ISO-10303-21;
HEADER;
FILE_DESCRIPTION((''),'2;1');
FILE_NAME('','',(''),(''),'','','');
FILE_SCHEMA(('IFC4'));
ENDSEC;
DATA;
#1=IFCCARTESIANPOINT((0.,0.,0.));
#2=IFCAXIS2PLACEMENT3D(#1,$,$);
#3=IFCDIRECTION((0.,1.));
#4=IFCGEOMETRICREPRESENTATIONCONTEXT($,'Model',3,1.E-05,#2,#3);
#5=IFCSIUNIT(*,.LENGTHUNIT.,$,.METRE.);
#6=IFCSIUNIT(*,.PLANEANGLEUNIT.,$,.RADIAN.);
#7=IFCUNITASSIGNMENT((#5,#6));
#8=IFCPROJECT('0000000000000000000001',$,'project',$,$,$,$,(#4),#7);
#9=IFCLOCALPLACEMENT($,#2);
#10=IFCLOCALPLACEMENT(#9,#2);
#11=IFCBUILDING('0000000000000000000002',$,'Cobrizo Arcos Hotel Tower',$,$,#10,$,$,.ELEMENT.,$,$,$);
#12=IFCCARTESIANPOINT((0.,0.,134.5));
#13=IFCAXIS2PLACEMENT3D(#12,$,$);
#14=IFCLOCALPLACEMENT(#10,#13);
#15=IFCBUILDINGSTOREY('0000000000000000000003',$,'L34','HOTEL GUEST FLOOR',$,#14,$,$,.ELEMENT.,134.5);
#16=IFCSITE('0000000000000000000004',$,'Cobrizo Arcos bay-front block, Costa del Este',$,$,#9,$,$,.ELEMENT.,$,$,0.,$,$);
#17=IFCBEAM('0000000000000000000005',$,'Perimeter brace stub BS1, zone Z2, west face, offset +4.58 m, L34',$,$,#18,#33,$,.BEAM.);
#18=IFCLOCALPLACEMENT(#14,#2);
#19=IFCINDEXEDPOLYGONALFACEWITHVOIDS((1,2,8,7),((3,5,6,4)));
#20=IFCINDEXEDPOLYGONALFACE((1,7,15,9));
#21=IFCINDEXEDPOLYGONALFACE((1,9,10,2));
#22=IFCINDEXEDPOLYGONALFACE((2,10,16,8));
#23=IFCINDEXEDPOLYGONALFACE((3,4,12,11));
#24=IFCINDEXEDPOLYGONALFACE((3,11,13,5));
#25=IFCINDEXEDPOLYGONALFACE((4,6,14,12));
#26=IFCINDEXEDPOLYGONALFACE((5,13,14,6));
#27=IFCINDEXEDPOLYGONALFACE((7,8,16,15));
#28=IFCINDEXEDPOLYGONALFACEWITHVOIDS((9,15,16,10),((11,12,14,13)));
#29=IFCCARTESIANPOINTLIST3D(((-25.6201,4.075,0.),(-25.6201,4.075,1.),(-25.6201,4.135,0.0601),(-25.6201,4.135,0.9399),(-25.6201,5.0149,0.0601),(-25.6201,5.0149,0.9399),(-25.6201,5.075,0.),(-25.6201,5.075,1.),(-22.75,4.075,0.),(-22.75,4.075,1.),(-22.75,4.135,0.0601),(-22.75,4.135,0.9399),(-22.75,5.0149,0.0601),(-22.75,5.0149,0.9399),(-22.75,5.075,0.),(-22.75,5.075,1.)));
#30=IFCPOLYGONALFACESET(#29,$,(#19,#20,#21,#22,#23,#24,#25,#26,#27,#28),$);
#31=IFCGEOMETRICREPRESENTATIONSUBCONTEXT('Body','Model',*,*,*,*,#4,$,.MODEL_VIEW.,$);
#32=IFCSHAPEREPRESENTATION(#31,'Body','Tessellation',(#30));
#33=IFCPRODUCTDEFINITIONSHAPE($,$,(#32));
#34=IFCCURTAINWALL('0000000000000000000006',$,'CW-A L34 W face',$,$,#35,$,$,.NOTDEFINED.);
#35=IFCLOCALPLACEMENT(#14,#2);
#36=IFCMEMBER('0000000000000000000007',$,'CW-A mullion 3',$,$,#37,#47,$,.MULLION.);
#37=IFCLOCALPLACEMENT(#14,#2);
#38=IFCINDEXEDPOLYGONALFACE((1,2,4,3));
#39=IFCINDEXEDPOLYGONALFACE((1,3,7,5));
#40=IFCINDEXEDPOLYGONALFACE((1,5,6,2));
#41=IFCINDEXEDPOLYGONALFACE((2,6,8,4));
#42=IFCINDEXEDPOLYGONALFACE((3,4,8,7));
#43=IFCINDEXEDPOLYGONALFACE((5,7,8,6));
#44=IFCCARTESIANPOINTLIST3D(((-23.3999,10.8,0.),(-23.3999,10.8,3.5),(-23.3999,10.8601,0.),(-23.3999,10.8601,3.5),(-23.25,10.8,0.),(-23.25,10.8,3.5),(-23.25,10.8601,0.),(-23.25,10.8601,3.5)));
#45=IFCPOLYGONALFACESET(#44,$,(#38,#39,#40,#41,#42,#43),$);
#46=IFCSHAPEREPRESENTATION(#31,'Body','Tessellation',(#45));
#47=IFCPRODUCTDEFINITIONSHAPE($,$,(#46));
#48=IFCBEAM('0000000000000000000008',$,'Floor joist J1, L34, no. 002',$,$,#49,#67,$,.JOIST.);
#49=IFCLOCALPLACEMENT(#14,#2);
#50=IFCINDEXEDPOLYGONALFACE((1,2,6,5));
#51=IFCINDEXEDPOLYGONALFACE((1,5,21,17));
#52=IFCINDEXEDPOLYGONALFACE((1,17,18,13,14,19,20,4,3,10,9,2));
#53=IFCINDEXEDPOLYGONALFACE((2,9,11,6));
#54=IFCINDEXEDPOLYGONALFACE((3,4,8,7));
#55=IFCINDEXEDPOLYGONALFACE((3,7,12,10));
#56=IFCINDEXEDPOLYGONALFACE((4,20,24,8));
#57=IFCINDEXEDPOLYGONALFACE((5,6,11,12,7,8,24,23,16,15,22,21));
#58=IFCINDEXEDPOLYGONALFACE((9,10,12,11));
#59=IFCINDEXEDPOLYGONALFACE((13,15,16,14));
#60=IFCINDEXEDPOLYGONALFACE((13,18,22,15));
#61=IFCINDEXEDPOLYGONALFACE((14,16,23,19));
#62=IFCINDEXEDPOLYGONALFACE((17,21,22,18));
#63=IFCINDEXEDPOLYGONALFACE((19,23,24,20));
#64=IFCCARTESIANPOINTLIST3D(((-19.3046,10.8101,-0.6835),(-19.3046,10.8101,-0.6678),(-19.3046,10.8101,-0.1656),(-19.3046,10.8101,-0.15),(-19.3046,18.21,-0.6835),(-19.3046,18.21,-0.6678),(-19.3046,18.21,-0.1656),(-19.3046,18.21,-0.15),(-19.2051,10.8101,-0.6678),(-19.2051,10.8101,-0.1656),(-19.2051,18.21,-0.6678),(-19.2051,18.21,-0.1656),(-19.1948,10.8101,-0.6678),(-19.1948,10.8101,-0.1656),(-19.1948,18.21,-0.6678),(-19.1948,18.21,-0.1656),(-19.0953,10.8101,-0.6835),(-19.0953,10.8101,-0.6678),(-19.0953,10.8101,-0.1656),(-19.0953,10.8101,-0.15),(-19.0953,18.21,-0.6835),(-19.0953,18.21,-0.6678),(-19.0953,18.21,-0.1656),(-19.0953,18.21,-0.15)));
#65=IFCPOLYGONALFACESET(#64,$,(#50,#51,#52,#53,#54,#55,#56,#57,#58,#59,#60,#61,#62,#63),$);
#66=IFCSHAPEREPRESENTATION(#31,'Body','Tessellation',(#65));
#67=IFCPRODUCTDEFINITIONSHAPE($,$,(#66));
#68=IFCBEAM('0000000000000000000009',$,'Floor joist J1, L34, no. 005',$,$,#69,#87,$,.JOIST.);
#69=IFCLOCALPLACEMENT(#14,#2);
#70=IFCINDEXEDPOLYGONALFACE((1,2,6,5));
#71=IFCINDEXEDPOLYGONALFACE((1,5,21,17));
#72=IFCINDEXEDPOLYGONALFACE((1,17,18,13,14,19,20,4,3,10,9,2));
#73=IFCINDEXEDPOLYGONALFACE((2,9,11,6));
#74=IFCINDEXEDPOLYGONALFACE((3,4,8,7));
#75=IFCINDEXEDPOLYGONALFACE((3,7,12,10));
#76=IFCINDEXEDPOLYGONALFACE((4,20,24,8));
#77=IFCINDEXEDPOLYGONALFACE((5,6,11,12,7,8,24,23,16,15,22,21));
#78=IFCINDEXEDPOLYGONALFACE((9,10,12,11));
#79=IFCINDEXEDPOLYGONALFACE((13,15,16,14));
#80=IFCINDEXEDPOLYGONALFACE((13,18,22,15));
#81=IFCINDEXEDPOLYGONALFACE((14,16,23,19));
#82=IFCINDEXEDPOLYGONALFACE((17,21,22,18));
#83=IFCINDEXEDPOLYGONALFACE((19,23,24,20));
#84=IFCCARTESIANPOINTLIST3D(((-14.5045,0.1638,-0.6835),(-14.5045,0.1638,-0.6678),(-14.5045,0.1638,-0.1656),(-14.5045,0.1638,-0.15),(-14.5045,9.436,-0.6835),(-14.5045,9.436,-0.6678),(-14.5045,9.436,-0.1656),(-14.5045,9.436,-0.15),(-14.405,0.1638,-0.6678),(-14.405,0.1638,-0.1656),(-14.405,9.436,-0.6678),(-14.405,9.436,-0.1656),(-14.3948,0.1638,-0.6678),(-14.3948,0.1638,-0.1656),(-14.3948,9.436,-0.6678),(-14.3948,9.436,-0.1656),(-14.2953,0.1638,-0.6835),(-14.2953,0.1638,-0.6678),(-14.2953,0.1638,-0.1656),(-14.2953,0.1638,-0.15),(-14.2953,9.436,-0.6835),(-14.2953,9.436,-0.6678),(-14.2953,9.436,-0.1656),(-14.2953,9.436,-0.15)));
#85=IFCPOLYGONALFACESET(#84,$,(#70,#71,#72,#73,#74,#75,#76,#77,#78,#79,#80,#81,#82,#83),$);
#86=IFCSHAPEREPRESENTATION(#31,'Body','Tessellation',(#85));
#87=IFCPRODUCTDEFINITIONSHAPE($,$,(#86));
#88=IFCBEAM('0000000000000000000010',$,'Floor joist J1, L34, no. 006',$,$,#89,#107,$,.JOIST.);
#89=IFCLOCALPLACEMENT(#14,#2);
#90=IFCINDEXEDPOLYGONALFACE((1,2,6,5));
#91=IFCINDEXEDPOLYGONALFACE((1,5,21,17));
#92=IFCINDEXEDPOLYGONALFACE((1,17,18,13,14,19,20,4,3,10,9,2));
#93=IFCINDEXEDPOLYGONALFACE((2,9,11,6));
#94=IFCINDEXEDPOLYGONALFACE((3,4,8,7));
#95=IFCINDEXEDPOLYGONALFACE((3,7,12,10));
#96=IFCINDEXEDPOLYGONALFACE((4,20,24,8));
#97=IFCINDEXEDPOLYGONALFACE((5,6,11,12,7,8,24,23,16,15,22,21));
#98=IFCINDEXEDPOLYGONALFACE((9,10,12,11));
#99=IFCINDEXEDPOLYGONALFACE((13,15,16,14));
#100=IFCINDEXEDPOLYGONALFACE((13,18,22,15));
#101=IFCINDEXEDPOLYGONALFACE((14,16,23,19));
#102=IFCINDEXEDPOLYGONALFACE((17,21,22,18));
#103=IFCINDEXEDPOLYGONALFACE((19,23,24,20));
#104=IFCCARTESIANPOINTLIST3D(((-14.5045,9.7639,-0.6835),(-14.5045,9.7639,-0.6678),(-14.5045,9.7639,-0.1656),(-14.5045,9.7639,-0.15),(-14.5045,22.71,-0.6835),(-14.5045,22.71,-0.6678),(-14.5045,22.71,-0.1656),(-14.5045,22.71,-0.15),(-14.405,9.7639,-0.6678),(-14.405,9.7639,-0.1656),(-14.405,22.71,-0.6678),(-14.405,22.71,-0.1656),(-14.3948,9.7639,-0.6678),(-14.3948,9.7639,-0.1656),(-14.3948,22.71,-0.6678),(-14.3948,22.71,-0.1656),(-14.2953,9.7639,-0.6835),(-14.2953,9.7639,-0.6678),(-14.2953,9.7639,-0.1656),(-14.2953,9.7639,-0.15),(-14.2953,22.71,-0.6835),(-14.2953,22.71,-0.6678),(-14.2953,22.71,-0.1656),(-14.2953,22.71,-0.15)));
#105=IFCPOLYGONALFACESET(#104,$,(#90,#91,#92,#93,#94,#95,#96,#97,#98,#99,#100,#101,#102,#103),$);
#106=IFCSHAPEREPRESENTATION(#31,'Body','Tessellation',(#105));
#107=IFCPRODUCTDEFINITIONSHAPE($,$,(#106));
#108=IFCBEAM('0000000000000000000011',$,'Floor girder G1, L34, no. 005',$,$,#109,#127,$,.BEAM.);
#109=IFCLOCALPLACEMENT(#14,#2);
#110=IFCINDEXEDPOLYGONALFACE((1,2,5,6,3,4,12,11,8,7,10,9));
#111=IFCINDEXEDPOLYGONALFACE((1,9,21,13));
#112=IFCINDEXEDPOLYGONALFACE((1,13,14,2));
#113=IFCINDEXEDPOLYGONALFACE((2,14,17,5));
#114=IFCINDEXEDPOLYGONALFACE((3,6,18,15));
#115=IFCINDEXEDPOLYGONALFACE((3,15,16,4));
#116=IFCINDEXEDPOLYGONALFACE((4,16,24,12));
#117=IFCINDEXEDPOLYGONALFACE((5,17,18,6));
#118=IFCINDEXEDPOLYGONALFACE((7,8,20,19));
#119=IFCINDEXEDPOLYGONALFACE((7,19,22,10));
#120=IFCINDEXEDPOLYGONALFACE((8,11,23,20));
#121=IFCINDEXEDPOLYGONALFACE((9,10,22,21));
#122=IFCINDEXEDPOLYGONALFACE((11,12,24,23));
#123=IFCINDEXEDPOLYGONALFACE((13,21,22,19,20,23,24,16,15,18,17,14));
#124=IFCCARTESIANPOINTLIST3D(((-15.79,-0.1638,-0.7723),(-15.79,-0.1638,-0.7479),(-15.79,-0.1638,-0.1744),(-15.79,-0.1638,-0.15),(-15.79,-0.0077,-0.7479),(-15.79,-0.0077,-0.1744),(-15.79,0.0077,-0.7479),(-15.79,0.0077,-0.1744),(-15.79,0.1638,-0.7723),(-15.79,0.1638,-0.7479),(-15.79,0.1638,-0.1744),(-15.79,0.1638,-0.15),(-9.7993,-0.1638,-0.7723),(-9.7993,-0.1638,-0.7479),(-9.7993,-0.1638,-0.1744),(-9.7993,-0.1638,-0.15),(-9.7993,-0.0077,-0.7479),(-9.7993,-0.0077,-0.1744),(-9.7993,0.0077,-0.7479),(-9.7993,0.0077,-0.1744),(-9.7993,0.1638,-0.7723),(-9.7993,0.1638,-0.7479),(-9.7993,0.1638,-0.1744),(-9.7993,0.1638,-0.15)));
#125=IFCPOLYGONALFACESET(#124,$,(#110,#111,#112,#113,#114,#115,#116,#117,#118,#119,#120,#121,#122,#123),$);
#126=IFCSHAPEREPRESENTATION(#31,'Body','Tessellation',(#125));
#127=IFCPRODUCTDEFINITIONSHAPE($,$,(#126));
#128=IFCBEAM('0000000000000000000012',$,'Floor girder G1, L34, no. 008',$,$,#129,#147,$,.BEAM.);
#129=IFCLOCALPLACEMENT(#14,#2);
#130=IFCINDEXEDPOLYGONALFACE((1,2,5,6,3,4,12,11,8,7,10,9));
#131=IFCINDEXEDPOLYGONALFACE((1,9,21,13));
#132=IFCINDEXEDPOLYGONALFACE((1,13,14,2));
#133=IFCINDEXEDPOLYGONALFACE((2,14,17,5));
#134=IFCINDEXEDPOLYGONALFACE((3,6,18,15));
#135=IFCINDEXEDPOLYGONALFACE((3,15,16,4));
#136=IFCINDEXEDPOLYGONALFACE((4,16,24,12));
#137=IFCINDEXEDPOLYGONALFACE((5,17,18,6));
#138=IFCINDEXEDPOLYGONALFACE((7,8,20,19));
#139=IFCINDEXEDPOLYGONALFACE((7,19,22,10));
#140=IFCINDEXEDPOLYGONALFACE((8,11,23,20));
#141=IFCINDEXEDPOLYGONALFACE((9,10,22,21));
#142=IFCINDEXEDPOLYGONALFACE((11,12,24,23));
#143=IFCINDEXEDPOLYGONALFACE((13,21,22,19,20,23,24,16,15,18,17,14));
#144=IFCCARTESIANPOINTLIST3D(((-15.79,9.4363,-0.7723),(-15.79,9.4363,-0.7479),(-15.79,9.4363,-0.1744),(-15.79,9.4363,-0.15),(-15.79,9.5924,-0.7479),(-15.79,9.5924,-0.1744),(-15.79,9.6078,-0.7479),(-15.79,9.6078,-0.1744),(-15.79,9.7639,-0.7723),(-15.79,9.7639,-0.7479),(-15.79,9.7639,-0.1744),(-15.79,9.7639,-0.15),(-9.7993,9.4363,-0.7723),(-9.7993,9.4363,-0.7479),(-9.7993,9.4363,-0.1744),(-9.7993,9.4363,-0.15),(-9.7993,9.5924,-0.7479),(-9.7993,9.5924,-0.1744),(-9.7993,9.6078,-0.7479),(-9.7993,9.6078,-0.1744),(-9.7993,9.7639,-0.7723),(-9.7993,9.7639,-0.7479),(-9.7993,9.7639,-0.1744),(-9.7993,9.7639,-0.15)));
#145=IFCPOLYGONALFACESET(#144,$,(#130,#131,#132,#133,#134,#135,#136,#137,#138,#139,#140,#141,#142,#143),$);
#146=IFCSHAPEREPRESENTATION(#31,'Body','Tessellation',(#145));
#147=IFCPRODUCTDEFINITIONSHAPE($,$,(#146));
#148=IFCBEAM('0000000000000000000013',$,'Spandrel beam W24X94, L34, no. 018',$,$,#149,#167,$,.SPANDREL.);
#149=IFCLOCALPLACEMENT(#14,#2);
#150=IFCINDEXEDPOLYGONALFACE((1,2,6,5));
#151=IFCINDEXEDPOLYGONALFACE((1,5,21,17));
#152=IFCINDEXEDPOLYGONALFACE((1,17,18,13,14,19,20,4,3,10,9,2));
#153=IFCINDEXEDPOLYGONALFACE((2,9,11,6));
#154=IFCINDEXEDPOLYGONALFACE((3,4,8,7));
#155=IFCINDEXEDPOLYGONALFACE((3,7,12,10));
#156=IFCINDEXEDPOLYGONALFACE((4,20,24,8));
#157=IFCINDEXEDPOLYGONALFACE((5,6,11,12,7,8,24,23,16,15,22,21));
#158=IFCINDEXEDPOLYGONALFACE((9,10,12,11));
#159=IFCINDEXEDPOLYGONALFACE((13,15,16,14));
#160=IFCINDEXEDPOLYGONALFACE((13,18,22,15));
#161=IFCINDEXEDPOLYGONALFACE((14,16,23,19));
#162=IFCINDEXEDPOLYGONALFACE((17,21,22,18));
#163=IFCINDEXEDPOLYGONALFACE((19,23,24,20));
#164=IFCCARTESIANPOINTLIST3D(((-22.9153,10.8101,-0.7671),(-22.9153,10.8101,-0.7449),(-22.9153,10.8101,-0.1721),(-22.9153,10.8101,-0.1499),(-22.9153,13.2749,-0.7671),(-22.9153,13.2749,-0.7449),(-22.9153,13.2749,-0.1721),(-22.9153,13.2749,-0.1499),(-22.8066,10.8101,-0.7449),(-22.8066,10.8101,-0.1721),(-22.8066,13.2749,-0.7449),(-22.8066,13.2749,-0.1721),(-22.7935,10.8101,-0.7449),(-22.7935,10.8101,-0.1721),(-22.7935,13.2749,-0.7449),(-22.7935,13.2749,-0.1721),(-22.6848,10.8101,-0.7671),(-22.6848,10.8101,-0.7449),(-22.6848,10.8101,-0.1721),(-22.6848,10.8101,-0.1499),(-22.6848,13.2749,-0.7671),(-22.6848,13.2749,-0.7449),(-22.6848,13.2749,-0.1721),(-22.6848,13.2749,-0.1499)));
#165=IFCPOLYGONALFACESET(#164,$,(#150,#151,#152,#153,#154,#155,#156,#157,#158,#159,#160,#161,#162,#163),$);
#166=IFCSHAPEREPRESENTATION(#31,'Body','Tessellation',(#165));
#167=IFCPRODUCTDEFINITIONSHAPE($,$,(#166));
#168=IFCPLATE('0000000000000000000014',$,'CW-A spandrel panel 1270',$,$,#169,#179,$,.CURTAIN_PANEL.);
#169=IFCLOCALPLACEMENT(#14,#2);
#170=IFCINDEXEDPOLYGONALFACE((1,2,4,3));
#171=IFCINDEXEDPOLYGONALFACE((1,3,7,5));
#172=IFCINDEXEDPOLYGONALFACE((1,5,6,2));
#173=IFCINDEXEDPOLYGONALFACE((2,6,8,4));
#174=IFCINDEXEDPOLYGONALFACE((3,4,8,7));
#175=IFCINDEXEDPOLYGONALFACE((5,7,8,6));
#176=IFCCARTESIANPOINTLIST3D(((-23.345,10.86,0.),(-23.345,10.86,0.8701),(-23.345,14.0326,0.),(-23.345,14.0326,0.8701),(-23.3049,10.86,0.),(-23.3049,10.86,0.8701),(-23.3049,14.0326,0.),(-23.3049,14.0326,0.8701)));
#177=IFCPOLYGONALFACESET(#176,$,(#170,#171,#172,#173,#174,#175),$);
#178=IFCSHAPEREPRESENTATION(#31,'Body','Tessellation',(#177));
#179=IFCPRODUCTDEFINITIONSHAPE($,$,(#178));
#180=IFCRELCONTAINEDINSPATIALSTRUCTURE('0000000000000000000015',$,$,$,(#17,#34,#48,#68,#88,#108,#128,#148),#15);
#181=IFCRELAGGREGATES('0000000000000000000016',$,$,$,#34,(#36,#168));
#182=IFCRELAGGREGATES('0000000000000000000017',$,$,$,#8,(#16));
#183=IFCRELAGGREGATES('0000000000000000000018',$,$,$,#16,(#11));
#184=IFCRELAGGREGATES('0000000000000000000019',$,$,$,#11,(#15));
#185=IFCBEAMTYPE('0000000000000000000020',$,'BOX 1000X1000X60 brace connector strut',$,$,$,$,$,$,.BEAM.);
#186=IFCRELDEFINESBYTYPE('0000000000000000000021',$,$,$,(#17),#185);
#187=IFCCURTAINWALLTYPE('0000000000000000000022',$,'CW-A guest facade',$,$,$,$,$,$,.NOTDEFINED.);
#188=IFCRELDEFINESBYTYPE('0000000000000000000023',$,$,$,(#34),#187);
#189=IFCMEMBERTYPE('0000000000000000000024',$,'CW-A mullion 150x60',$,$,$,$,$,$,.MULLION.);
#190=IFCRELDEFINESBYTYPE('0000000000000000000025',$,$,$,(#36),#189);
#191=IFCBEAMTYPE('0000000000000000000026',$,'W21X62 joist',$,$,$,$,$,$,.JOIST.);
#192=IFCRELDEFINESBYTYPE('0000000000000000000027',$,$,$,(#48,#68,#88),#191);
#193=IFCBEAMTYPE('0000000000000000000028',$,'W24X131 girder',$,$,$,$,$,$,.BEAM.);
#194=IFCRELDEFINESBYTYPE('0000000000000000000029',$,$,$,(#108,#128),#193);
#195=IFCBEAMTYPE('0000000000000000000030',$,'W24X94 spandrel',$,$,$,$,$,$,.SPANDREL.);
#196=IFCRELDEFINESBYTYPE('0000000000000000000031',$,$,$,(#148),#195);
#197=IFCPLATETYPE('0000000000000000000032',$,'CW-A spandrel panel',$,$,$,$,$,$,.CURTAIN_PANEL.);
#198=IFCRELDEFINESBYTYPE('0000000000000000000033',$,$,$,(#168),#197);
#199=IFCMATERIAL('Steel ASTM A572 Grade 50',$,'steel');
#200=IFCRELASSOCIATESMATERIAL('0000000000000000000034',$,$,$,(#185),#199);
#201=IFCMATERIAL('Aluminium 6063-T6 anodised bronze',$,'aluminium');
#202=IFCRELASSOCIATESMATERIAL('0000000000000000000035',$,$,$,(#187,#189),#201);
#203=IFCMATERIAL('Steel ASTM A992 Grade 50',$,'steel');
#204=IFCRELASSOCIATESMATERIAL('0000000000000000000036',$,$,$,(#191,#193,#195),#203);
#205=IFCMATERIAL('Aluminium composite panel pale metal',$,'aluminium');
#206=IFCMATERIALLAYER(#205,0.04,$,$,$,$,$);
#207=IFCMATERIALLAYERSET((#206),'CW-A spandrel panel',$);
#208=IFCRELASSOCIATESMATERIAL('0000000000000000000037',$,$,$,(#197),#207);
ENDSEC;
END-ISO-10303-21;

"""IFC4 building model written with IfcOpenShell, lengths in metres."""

from ifc_helpers import new_model, si_unit, direction, frame, origin, origin_2d, place, context, subcontext, project, spatial, rectangle, hollow_rectangle, i_section, extrude, material, layer, layer_set, material_profile, profile_set, type_object, element, aggregate, save


model = new_model("IFC4")

# Units and contexts
model_context = context("Model", 3, precision=1e-05, world=origin(), true_north=direction((0.0, 1.0)))
body_context = subcontext(model_context, "Body", "Model", "MODEL_VIEW")
ifc_project = project(units=[si_unit("LENGTHUNIT", "METRE"), si_unit("PLANEANGLEUNIT", "RADIAN")], contexts=[model_context])

# Site, building, storey
site_placement = place(None, origin())
site = spatial("IfcSite", under=ifc_project, at=site_placement, Name="Cobrizo Arcos bay-front block, Costa del Este", CompositionType="ELEMENT", RefElevation=0.0)
building_placement = place(site_placement, origin())
building = spatial("IfcBuilding", under=site, at=building_placement, Name="Cobrizo Arcos Hotel Tower", CompositionType="ELEMENT")
storey_placement = place(building_placement, frame((0.0, 0.0, 134.5)))
storey = spatial("IfcBuildingStorey", under=building, at=storey_placement, Name="L34", Description="HOTEL GUEST FLOOR", CompositionType="ELEMENT", Elevation=134.5)

# Beam
ifc_material_1 = material(Name="Steel ASTM A572 Grade 50", Category="steel")
ifc_material_profile_1 = material_profile(ifc_material_1, hollow_rectangle(XDim=1.0, YDim=1.0, WallThickness=0.0601, at=origin_2d()), Name="BOX 1000X1000X60")
ifc_profile_set_1 = profile_set([ifc_material_profile_1], Name="Steel ASTM A572 Grade 50")
beam_type_1 = type_object("IfcBeamType", Name="BOX 1000X1000X60 brace connector strut", PredefinedType="BEAM", material=ifc_profile_set_1)
beam_1_placement = place(storey_placement, frame((-22.75, 4.575, 0.5), z_axis=(-1.0, 0.0, 0.0), x_axis=(0.0, -1.0, 0.0)))
element("IfcBeam", 1, at=beam_1_placement, inside=storey, type_object=beam_type_1, Name="Perimeter brace stub BS1, zone Z2, west face, offset +4.58 m, L34", PredefinedType="BEAM", context=body_context, shape_type="SweptSolid", body=[
    extrude(hollow_rectangle(XDim=1.0, YDim=1.0, WallThickness=0.0601, at=origin_2d()), origin(), (0.0, 0.0, 1.0), 2.8701),
])

# Curtain wall, member
ifc_material_2 = material(Name="Aluminium 6063-T6 anodised bronze", Category="aluminium")
curtain_wall_type = type_object("IfcCurtainWallType", Name="CW-A guest facade", PredefinedType="NOTDEFINED", material=ifc_material_2)
curtain_wall_placement = place(storey_placement, origin())
curtain_wall = element("IfcCurtainWall", 2, at=curtain_wall_placement, inside=storey, type_object=curtain_wall_type, Name="CW-A L34 W face", PredefinedType="NOTDEFINED")
ifc_material_profile_2 = material_profile(ifc_material_2, rectangle(XDim=0.1499, YDim=0.0601, at=origin_2d()), Name="CW-A mullion 150x60")
ifc_profile_set_2 = profile_set([ifc_material_profile_2], Name="Aluminium 6063-T6 anodised bronze")
member_type = type_object("IfcMemberType", Name="CW-A mullion 150x60", PredefinedType="MULLION", material=ifc_profile_set_2)
member_placement = place(storey_placement, frame((-23.325, 10.8301, 0.0), z_axis=(0.0, 0.0, 1.0), x_axis=(-1.0, 0.0, 0.0)))
member = element("IfcMember", 3, at=member_placement, type_object=member_type, Name="CW-A mullion 3", PredefinedType="MULLION", context=body_context, shape_type="SweptSolid", body=[
    extrude(rectangle(XDim=0.1499, YDim=0.0601, at=origin_2d()), origin(), (0.0, 0.0, 1.0), 3.5),
])

# Beams
ifc_material_3 = material(Name="Steel ASTM A992 Grade 50", Category="steel")
ifc_material_profile_3 = material_profile(ifc_material_3, i_section(OverallWidth=0.2092, OverallDepth=0.5334, WebThickness=0.0103, FlangeThickness=0.0156, at=origin_2d()), Name="W21X62")
ifc_profile_set_3 = profile_set([ifc_material_profile_3], Name="Steel ASTM A992 Grade 50")
beam_type_2 = type_object("IfcBeamType", Name="W21X62 joist", PredefinedType="JOIST", material=ifc_profile_set_3)
beam_2_placement = place(storey_placement, frame((-19.2, 10.8101, -0.4167), z_axis=(0.0, 1.0, 0.0), x_axis=(-1.0, 0.0, 0.0)))
element("IfcBeam", 4, at=beam_2_placement, inside=storey, type_object=beam_type_2, Name="Floor joist J1, L34, no. 002", PredefinedType="JOIST", context=body_context, shape_type="SweptSolid", body=[
    extrude(i_section(OverallWidth=0.2092, OverallDepth=0.5334, WebThickness=0.0103, FlangeThickness=0.0156, at=origin_2d()), origin(), (0.0, 0.0, 1.0), 7.3999),
])
beam_3_placement = place(storey_placement, frame((-14.3999, 0.1638, -0.4167), z_axis=(0.0, 1.0, 0.0), x_axis=(-1.0, 0.0, 0.0)))
element("IfcBeam", 5, at=beam_3_placement, inside=storey, type_object=beam_type_2, Name="Floor joist J1, L34, no. 005", PredefinedType="JOIST", context=body_context, shape_type="SweptSolid", body=[
    extrude(i_section(OverallWidth=0.2092, OverallDepth=0.5334, WebThickness=0.0103, FlangeThickness=0.0156, at=origin_2d()), origin(), (0.0, 0.0, 1.0), 9.2722),
])
beam_4_placement = place(storey_placement, frame((-14.3999, 9.7639, -0.4167), z_axis=(0.0, 1.0, 0.0), x_axis=(-1.0, 0.0, 0.0)))
element("IfcBeam", 6, at=beam_4_placement, inside=storey, type_object=beam_type_2, Name="Floor joist J1, L34, no. 006", PredefinedType="JOIST", context=body_context, shape_type="SweptSolid", body=[
    extrude(i_section(OverallWidth=0.2092, OverallDepth=0.5334, WebThickness=0.0103, FlangeThickness=0.0156, at=origin_2d()), origin(), (0.0, 0.0, 1.0), 12.946),
])
ifc_material_profile_4 = material_profile(ifc_material_3, i_section(OverallWidth=0.3276, OverallDepth=0.6223, WebThickness=0.0154, FlangeThickness=0.0244, at=origin_2d()), Name="W24X131")
ifc_profile_set_4 = profile_set([ifc_material_profile_4], Name="Steel ASTM A992 Grade 50")
beam_type_3 = type_object("IfcBeamType", Name="W24X131 girder", PredefinedType="BEAM", material=ifc_profile_set_4)
for number, where, z_axis, x_axis, name in (
    (7, (-15.79, 0.0, -0.4612), (1.0, 0.0, 0.0), (0.0, 1.0, 0.0), "Floor girder G1, L34, no. 005"),
    (8, (-15.79, 9.6001, -0.4612), (1.0, 0.0, 0.0), (0.0, 1.0, 0.0), "Floor girder G1, L34, no. 008"),
):
    element("IfcBeam", number, at=place(storey_placement, frame(where, z_axis=z_axis, x_axis=x_axis)), inside=storey, type_object=beam_type_3, Name=name, PredefinedType="BEAM", context=body_context, shape_type="SweptSolid", body=[
        extrude(i_section(OverallWidth=0.3276, OverallDepth=0.6223, WebThickness=0.0154, FlangeThickness=0.0244, at=origin_2d()), origin(), (0.0, 0.0, 1.0), 5.9907),
    ])
ifc_material_profile_5 = material_profile(ifc_material_3, i_section(OverallWidth=0.2305, OverallDepth=0.6172, WebThickness=0.0132, FlangeThickness=0.0222, at=origin_2d()), Name="W24X94")
ifc_profile_set_5 = profile_set([ifc_material_profile_5], Name="Steel ASTM A992 Grade 50")
beam_type_4 = type_object("IfcBeamType", Name="W24X94 spandrel", PredefinedType="SPANDREL", material=ifc_profile_set_5)
beam_5_placement = place(storey_placement, frame((-22.8, 10.8101, -0.4585), z_axis=(0.0, 1.0, 0.0), x_axis=(-1.0, 0.0, 0.0)))
element("IfcBeam", 9, at=beam_5_placement, inside=storey, type_object=beam_type_4, Name="Spandrel beam W24X94, L34, no. 018", PredefinedType="SPANDREL", context=body_context, shape_type="SweptSolid", body=[
    extrude(i_section(OverallWidth=0.2305, OverallDepth=0.6172, WebThickness=0.0132, FlangeThickness=0.0222, at=origin_2d()), origin(), (0.0, 0.0, 1.0), 2.4648),
])

# Plate
ifc_material_4 = material(Name="Aluminium composite panel pale metal", Category="aluminium")
ifc_layer_1 = layer(ifc_material_4, 0.04)
ifc_layer_set_1 = layer_set([ifc_layer_1], Name="CW-A spandrel panel")
plate_type = type_object("IfcPlateType", Name="CW-A spandrel panel", PredefinedType="CURTAIN_PANEL", material=ifc_layer_set_1)
plate_placement = place(storey_placement, frame((-23.325, 12.4463, 0.0), z_axis=(0.0, 0.0, 1.0), x_axis=(0.0, -1.0, 0.0)))
plate = element("IfcPlate", 10, at=plate_placement, type_object=plate_type, Name="CW-A spandrel panel 1270", PredefinedType="CURTAIN_PANEL", context=body_context, shape_type="SweptSolid", body=[
    extrude(rectangle(XDim=3.1726, YDim=0.04, at=origin_2d()), origin(), (0.0, 0.0, 1.0), 0.8701),
])
aggregate(curtain_wall, [member, plate])

save(model, "model.ifc")
